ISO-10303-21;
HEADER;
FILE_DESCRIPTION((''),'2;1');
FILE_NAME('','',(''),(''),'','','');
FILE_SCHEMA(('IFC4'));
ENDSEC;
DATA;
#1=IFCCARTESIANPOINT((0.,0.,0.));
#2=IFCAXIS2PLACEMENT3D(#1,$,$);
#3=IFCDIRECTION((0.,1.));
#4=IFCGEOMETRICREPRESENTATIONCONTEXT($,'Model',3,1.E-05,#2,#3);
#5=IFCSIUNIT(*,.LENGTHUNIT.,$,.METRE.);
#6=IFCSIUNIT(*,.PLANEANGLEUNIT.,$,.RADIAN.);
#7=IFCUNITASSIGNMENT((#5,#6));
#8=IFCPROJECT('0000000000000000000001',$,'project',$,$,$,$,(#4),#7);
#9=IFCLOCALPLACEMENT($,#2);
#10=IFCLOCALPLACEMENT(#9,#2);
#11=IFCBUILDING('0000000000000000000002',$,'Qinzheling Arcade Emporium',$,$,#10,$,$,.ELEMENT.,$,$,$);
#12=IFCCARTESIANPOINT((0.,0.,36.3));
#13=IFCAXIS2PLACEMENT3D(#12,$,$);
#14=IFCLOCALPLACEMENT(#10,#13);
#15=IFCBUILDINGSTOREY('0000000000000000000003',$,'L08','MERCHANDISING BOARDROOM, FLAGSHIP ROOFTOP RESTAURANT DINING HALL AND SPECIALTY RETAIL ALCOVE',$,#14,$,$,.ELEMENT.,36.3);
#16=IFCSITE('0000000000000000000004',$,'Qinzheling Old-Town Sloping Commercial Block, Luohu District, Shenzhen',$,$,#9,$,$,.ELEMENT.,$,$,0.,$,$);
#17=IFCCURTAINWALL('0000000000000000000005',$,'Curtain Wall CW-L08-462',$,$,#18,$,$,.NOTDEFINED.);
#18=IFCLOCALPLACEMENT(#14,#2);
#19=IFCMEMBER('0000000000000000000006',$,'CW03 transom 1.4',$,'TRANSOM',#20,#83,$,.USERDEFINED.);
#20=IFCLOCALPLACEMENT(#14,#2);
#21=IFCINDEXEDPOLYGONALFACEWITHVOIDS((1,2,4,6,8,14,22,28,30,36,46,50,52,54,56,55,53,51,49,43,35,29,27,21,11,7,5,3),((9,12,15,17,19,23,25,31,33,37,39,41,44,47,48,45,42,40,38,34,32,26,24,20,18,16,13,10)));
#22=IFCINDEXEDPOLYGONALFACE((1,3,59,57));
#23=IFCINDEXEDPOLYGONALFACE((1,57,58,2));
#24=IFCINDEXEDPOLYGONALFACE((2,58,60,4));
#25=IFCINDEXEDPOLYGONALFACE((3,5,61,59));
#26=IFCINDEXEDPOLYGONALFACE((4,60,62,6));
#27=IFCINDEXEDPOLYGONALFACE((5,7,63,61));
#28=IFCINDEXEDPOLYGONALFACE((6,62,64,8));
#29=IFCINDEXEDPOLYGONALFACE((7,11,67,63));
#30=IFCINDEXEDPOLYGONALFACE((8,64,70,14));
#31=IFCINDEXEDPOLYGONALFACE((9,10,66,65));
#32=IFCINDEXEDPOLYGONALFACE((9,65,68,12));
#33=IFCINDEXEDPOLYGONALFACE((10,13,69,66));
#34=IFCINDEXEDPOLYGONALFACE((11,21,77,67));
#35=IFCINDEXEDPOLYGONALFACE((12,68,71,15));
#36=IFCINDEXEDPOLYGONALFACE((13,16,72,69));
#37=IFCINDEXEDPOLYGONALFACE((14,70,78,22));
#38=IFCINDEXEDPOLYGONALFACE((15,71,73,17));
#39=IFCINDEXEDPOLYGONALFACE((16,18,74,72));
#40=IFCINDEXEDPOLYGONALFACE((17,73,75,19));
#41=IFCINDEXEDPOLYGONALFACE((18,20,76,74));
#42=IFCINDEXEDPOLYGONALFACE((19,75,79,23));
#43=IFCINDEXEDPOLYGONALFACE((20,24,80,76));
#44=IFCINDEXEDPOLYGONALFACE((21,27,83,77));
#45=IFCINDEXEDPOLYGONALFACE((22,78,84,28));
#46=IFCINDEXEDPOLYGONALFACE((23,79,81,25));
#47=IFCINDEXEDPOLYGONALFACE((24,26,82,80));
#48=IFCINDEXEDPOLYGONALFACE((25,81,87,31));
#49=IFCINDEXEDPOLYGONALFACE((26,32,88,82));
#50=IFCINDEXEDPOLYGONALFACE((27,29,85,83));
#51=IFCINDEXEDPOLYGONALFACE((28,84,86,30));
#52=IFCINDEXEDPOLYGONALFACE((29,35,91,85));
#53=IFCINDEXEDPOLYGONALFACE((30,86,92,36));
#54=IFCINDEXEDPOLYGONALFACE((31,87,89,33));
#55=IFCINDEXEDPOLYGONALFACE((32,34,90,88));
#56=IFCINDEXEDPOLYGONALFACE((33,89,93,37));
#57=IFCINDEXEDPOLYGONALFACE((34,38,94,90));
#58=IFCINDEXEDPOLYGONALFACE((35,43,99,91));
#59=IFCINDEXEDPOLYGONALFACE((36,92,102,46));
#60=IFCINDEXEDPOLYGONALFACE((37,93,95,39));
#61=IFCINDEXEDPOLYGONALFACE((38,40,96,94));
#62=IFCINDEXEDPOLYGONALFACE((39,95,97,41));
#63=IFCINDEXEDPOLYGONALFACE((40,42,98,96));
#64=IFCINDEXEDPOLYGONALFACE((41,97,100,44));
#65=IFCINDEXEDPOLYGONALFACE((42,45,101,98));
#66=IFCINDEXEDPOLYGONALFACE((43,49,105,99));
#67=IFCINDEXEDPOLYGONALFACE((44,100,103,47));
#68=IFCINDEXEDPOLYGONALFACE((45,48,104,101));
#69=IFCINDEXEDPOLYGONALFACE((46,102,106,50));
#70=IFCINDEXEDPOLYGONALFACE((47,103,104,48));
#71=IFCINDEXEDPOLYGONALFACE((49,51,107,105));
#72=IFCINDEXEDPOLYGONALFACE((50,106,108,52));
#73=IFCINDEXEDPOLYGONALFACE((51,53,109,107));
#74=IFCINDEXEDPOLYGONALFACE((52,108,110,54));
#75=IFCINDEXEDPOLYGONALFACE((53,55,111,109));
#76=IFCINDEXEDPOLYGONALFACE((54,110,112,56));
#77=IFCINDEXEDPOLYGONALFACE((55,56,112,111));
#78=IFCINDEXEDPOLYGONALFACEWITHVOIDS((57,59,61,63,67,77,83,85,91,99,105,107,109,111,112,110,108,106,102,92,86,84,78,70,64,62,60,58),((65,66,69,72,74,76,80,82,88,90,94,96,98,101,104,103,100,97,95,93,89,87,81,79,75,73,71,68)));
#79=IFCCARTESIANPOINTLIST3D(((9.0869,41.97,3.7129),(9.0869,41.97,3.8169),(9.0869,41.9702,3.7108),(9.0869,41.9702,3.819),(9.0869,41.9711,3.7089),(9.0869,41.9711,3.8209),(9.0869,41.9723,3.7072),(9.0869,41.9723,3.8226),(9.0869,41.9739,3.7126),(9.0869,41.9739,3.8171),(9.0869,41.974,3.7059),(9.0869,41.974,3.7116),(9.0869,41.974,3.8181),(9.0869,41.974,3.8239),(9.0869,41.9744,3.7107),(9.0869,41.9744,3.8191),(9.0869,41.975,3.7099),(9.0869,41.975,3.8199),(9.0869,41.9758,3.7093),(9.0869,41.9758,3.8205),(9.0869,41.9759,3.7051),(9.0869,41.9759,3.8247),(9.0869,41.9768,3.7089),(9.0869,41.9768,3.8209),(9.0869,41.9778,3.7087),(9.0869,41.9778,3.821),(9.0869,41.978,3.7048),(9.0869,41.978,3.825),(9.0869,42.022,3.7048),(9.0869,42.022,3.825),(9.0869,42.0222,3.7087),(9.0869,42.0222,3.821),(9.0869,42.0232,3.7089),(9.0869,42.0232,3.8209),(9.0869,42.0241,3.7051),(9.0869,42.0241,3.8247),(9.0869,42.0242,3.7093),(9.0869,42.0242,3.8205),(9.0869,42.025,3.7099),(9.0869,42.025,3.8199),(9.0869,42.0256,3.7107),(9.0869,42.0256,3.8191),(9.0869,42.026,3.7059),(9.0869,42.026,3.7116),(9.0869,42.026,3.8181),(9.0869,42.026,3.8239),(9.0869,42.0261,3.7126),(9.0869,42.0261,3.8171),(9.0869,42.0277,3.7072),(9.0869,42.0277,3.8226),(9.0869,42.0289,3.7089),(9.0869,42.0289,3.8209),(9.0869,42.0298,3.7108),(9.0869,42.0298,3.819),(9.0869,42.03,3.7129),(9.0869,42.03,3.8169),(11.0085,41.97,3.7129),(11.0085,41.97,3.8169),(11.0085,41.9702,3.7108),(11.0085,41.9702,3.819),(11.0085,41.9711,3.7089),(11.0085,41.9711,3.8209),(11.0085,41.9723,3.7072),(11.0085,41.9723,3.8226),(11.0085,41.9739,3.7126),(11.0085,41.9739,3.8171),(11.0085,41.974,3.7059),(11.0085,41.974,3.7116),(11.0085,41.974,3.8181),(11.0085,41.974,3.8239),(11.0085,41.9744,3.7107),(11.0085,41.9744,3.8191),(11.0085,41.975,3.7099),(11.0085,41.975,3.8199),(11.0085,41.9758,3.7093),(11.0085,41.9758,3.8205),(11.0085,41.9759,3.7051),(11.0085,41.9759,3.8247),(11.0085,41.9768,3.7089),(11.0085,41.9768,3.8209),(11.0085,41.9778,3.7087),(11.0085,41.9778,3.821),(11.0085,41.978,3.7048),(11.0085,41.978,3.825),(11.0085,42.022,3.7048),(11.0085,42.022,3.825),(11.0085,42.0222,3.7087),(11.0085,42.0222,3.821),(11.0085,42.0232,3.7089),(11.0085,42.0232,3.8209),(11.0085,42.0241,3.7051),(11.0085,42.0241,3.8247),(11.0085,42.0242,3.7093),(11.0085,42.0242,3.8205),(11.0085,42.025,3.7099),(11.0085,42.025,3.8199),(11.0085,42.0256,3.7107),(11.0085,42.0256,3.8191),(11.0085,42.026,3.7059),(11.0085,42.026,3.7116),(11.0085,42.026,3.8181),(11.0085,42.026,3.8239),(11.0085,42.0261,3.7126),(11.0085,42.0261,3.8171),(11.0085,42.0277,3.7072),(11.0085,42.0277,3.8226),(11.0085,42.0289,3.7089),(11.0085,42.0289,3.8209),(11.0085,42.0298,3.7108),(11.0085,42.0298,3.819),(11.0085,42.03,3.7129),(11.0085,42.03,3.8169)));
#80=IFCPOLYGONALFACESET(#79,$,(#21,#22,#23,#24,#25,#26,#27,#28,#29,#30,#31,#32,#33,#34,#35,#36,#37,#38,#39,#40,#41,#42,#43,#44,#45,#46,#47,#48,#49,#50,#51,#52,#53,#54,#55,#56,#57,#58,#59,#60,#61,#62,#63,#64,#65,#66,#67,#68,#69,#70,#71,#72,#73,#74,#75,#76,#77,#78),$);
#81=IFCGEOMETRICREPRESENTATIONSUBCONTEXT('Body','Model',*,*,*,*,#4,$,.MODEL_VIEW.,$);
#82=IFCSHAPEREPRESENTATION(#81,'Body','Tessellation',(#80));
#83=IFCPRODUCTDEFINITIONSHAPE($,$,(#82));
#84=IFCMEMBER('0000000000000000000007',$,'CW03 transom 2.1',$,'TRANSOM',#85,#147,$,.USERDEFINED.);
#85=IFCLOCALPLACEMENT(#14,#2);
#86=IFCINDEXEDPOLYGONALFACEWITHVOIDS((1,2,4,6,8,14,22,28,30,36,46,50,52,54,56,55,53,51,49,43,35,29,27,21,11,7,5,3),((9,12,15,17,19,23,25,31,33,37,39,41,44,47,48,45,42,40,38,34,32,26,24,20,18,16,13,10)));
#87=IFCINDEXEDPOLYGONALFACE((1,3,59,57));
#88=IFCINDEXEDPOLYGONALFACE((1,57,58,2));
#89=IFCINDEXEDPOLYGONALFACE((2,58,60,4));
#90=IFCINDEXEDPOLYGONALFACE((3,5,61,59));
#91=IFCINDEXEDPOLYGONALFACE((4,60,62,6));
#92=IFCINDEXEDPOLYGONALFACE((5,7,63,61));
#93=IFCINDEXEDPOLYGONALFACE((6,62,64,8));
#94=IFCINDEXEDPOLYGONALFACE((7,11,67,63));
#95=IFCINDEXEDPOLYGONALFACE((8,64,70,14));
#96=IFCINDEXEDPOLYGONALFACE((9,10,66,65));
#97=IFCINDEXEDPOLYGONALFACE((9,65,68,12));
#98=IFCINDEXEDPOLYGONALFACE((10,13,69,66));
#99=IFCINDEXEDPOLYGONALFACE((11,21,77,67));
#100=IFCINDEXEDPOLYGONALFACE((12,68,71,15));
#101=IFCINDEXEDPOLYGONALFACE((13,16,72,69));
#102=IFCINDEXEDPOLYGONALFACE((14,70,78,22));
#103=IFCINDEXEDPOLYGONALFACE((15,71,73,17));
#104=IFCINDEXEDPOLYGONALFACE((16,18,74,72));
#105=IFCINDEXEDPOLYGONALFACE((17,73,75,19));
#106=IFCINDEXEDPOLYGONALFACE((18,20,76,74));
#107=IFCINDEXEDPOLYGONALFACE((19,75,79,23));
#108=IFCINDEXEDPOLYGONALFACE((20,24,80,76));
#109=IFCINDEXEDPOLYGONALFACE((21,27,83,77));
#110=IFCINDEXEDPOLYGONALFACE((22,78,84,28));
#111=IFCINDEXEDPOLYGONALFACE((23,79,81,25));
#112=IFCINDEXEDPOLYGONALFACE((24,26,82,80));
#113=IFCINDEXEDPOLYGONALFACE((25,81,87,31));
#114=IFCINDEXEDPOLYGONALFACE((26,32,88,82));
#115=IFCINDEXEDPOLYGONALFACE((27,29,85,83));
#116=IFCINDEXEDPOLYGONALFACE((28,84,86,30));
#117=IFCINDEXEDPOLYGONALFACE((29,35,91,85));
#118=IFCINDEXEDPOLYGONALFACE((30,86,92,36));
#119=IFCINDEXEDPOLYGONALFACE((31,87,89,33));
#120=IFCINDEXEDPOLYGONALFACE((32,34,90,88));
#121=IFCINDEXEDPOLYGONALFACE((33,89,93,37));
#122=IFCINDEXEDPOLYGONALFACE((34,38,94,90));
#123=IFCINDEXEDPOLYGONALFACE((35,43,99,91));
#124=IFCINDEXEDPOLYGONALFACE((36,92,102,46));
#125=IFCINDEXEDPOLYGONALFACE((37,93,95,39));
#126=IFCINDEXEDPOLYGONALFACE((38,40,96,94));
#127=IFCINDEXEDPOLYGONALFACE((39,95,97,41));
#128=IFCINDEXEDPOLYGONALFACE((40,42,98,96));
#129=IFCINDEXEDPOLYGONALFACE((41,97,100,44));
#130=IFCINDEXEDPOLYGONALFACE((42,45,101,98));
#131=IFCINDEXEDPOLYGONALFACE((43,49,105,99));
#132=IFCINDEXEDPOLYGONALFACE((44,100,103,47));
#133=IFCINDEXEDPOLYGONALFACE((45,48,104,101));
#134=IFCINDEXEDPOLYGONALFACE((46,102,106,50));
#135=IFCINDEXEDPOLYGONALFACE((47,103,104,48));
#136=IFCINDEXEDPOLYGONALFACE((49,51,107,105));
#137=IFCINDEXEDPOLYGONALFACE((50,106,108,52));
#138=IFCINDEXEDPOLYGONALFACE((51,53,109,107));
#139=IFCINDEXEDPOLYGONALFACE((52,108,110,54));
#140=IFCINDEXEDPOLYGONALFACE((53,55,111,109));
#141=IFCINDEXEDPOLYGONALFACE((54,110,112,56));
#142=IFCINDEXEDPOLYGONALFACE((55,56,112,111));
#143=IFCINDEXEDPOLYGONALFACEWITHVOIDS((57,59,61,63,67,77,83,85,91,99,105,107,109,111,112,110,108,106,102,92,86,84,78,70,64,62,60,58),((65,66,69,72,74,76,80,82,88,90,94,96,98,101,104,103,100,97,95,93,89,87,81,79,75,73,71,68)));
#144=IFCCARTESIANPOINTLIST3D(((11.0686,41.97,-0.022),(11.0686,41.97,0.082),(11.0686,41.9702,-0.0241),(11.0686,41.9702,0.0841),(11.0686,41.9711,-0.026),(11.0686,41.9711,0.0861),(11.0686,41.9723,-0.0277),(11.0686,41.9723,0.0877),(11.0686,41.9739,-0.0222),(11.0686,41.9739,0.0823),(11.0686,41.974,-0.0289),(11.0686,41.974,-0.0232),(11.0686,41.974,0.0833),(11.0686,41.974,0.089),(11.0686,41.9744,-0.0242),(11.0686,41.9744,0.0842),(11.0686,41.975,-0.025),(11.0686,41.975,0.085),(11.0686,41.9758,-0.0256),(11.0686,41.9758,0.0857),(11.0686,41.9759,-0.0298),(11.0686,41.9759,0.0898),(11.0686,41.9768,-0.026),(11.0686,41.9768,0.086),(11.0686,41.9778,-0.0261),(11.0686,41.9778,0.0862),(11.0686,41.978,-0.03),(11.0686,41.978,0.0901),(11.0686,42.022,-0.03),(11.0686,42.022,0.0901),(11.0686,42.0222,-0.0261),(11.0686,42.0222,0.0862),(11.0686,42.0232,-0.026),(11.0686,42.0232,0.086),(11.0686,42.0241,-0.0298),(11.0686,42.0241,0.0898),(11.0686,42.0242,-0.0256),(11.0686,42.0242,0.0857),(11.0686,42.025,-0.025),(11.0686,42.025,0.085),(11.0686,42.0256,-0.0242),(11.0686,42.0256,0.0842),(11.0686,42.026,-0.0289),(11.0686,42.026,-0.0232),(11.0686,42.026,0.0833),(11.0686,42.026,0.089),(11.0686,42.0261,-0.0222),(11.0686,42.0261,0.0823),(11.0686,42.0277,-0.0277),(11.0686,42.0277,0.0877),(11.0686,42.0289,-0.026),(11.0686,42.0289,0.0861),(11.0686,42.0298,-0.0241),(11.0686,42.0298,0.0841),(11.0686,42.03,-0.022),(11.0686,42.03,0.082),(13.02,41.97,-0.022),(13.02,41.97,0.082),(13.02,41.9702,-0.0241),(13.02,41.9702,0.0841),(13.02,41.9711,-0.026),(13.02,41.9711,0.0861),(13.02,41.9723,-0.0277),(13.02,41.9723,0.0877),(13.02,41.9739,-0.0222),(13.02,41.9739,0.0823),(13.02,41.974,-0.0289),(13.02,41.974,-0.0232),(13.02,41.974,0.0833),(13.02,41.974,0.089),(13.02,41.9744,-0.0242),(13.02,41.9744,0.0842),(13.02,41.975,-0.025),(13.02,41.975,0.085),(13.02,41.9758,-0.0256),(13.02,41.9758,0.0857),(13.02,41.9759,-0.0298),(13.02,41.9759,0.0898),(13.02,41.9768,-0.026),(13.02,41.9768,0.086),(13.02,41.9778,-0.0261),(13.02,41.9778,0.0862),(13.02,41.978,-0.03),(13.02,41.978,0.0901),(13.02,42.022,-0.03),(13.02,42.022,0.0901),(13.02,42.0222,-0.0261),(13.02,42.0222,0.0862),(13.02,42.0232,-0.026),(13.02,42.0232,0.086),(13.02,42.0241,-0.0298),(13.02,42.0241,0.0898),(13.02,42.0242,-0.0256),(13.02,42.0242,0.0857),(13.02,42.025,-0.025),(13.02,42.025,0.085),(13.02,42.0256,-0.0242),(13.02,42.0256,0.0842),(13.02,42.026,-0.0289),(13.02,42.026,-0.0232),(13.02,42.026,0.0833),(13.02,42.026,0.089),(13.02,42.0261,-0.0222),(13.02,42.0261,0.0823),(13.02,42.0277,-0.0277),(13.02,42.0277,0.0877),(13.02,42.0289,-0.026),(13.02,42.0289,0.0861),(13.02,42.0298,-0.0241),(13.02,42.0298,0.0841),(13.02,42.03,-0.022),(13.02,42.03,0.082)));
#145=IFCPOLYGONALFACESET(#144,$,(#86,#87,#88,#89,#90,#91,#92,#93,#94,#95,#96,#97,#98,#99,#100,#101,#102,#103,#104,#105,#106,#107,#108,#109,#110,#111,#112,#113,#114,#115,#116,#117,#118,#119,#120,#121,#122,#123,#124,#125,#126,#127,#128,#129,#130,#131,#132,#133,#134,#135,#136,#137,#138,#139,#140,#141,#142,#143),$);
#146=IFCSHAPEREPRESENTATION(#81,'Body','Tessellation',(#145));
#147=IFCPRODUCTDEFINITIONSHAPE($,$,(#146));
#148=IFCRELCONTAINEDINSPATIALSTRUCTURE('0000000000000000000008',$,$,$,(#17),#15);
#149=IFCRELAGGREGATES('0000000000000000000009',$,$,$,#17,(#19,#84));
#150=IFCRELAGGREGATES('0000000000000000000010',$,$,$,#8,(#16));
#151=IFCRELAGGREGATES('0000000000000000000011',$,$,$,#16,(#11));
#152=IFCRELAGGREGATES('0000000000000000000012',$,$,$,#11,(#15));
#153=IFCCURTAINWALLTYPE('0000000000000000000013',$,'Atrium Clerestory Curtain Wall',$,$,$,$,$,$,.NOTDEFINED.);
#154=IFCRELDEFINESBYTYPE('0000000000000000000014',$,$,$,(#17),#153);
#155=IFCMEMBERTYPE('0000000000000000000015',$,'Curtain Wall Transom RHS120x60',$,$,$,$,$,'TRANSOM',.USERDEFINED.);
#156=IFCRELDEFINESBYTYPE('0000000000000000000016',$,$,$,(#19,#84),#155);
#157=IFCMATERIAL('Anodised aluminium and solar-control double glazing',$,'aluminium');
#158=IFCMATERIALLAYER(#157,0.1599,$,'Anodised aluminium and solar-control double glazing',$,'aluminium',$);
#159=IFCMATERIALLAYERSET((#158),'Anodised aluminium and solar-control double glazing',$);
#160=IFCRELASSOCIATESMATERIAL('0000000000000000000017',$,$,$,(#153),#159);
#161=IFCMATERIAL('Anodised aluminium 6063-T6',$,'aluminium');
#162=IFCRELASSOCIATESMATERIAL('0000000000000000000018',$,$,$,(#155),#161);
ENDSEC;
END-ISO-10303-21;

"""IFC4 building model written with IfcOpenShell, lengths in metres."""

from ifc_helpers import new_model, si_unit, direction, frame, origin, origin_2d, place, context, subcontext, project, spatial, hollow_rectangle, extrude, material, layer, layer_set, material_profile, profile_set, type_object, element, aggregate, save


model = new_model("IFC4")

# Units and contexts
model_context = context("Model", 3, precision=1e-05, world=origin(), true_north=direction((0.0, 1.0)))
body_context = subcontext(model_context, "Body", "Model", "MODEL_VIEW")
ifc_project = project(units=[si_unit("LENGTHUNIT", "METRE"), si_unit("PLANEANGLEUNIT", "RADIAN")], contexts=[model_context])

# Site, building, storey
site_placement = place(None, origin())
site = spatial("IfcSite", under=ifc_project, at=site_placement, Name="Qinzheling Old-Town Sloping Commercial Block, Luohu District, Shenzhen", CompositionType="ELEMENT", RefElevation=0.0)
building_placement = place(site_placement, origin())
building = spatial("IfcBuilding", under=site, at=building_placement, Name="Qinzheling Arcade Emporium", CompositionType="ELEMENT")
storey_placement = place(building_placement, frame((0.0, 0.0, 36.3)))
storey = spatial("IfcBuildingStorey", under=building, at=storey_placement, Name="L08", Description="MERCHANDISING BOARDROOM, FLAGSHIP ROOFTOP RESTAURANT DINING HALL AND SPECIALTY RETAIL ALCOVE", CompositionType="ELEMENT", Elevation=36.3)

# Shared definitions
ifc_material_1 = material(Name="Anodised aluminium and solar-control double glazing", Category="aluminium")
ifc_material_2 = material(Name="Anodised aluminium 6063-T6", Category="aluminium")

# Curtain wall, members
ifc_layer_1 = layer(ifc_material_1, 0.1599, Name="Anodised aluminium and solar-control double glazing", Category="aluminium")
ifc_layer_set_1 = layer_set([ifc_layer_1], Name="Anodised aluminium and solar-control double glazing")
curtain_wall_type_1 = type_object("IfcCurtainWallType", Name="Atrium Clerestory Curtain Wall", PredefinedType="NOTDEFINED", material=ifc_layer_set_1)
curtain_wall_1_placement = place(storey_placement, origin())
curtain_wall_1 = element("IfcCurtainWall", 1, at=curtain_wall_1_placement, inside=storey, type_object=curtain_wall_type_1, Name="Curtain Wall CW-L08-462", PredefinedType="NOTDEFINED")
ifc_material_profile_1 = material_profile(ifc_material_2, hollow_rectangle(XDim=0.0601, YDim=0.1201, WallThickness=0.0039, InnerFilletRadius=0.0039, OuterFilletRadius=0.0081, at=origin_2d()), Name="RHS 120x60x4", Category="aluminium")
ifc_profile_set_1 = profile_set([ifc_material_profile_1], Name="Anodised aluminium 6063-T6")
member_type_1 = type_object("IfcMemberType", Name="Curtain Wall Transom RHS120x60", ElementType="TRANSOM", PredefinedType="USERDEFINED", material=ifc_profile_set_1)
member_1_placement = place(storey_placement, frame((9.0869, 42.0, 3.7649), z_axis=(1.0, 0.0, 0.0), x_axis=(0.0, 1.0, 0.0)))
member_1 = element("IfcMember", 2, at=member_1_placement, type_object=member_type_1, Name="CW03 transom 1.4", ObjectType="TRANSOM", PredefinedType="USERDEFINED", context=body_context, shape_type="SweptSolid", body=[
    extrude(hollow_rectangle(XDim=0.0601, YDim=0.1201, WallThickness=0.0039, InnerFilletRadius=0.0039, OuterFilletRadius=0.0081, at=origin_2d()), origin(), (0.0, 0.0, 1.0), 1.9216),
])
member_2_placement = place(storey_placement, frame((11.0686, 42.0, 0.03), z_axis=(1.0, 0.0, 0.0), x_axis=(0.0, 1.0, 0.0)))
member_2 = element("IfcMember", 3, at=member_2_placement, type_object=member_type_1, Name="CW03 transom 2.1", ObjectType="TRANSOM", PredefinedType="USERDEFINED", context=body_context, shape_type="SweptSolid", body=[
    extrude(hollow_rectangle(XDim=0.0601, YDim=0.1201, WallThickness=0.0039, InnerFilletRadius=0.0039, OuterFilletRadius=0.0081, at=origin_2d()), origin(), (0.0, 0.0, 1.0), 1.9514),
])

aggregate(curtain_wall_1, [member_1, member_2])

save(model, "model.ifc")
